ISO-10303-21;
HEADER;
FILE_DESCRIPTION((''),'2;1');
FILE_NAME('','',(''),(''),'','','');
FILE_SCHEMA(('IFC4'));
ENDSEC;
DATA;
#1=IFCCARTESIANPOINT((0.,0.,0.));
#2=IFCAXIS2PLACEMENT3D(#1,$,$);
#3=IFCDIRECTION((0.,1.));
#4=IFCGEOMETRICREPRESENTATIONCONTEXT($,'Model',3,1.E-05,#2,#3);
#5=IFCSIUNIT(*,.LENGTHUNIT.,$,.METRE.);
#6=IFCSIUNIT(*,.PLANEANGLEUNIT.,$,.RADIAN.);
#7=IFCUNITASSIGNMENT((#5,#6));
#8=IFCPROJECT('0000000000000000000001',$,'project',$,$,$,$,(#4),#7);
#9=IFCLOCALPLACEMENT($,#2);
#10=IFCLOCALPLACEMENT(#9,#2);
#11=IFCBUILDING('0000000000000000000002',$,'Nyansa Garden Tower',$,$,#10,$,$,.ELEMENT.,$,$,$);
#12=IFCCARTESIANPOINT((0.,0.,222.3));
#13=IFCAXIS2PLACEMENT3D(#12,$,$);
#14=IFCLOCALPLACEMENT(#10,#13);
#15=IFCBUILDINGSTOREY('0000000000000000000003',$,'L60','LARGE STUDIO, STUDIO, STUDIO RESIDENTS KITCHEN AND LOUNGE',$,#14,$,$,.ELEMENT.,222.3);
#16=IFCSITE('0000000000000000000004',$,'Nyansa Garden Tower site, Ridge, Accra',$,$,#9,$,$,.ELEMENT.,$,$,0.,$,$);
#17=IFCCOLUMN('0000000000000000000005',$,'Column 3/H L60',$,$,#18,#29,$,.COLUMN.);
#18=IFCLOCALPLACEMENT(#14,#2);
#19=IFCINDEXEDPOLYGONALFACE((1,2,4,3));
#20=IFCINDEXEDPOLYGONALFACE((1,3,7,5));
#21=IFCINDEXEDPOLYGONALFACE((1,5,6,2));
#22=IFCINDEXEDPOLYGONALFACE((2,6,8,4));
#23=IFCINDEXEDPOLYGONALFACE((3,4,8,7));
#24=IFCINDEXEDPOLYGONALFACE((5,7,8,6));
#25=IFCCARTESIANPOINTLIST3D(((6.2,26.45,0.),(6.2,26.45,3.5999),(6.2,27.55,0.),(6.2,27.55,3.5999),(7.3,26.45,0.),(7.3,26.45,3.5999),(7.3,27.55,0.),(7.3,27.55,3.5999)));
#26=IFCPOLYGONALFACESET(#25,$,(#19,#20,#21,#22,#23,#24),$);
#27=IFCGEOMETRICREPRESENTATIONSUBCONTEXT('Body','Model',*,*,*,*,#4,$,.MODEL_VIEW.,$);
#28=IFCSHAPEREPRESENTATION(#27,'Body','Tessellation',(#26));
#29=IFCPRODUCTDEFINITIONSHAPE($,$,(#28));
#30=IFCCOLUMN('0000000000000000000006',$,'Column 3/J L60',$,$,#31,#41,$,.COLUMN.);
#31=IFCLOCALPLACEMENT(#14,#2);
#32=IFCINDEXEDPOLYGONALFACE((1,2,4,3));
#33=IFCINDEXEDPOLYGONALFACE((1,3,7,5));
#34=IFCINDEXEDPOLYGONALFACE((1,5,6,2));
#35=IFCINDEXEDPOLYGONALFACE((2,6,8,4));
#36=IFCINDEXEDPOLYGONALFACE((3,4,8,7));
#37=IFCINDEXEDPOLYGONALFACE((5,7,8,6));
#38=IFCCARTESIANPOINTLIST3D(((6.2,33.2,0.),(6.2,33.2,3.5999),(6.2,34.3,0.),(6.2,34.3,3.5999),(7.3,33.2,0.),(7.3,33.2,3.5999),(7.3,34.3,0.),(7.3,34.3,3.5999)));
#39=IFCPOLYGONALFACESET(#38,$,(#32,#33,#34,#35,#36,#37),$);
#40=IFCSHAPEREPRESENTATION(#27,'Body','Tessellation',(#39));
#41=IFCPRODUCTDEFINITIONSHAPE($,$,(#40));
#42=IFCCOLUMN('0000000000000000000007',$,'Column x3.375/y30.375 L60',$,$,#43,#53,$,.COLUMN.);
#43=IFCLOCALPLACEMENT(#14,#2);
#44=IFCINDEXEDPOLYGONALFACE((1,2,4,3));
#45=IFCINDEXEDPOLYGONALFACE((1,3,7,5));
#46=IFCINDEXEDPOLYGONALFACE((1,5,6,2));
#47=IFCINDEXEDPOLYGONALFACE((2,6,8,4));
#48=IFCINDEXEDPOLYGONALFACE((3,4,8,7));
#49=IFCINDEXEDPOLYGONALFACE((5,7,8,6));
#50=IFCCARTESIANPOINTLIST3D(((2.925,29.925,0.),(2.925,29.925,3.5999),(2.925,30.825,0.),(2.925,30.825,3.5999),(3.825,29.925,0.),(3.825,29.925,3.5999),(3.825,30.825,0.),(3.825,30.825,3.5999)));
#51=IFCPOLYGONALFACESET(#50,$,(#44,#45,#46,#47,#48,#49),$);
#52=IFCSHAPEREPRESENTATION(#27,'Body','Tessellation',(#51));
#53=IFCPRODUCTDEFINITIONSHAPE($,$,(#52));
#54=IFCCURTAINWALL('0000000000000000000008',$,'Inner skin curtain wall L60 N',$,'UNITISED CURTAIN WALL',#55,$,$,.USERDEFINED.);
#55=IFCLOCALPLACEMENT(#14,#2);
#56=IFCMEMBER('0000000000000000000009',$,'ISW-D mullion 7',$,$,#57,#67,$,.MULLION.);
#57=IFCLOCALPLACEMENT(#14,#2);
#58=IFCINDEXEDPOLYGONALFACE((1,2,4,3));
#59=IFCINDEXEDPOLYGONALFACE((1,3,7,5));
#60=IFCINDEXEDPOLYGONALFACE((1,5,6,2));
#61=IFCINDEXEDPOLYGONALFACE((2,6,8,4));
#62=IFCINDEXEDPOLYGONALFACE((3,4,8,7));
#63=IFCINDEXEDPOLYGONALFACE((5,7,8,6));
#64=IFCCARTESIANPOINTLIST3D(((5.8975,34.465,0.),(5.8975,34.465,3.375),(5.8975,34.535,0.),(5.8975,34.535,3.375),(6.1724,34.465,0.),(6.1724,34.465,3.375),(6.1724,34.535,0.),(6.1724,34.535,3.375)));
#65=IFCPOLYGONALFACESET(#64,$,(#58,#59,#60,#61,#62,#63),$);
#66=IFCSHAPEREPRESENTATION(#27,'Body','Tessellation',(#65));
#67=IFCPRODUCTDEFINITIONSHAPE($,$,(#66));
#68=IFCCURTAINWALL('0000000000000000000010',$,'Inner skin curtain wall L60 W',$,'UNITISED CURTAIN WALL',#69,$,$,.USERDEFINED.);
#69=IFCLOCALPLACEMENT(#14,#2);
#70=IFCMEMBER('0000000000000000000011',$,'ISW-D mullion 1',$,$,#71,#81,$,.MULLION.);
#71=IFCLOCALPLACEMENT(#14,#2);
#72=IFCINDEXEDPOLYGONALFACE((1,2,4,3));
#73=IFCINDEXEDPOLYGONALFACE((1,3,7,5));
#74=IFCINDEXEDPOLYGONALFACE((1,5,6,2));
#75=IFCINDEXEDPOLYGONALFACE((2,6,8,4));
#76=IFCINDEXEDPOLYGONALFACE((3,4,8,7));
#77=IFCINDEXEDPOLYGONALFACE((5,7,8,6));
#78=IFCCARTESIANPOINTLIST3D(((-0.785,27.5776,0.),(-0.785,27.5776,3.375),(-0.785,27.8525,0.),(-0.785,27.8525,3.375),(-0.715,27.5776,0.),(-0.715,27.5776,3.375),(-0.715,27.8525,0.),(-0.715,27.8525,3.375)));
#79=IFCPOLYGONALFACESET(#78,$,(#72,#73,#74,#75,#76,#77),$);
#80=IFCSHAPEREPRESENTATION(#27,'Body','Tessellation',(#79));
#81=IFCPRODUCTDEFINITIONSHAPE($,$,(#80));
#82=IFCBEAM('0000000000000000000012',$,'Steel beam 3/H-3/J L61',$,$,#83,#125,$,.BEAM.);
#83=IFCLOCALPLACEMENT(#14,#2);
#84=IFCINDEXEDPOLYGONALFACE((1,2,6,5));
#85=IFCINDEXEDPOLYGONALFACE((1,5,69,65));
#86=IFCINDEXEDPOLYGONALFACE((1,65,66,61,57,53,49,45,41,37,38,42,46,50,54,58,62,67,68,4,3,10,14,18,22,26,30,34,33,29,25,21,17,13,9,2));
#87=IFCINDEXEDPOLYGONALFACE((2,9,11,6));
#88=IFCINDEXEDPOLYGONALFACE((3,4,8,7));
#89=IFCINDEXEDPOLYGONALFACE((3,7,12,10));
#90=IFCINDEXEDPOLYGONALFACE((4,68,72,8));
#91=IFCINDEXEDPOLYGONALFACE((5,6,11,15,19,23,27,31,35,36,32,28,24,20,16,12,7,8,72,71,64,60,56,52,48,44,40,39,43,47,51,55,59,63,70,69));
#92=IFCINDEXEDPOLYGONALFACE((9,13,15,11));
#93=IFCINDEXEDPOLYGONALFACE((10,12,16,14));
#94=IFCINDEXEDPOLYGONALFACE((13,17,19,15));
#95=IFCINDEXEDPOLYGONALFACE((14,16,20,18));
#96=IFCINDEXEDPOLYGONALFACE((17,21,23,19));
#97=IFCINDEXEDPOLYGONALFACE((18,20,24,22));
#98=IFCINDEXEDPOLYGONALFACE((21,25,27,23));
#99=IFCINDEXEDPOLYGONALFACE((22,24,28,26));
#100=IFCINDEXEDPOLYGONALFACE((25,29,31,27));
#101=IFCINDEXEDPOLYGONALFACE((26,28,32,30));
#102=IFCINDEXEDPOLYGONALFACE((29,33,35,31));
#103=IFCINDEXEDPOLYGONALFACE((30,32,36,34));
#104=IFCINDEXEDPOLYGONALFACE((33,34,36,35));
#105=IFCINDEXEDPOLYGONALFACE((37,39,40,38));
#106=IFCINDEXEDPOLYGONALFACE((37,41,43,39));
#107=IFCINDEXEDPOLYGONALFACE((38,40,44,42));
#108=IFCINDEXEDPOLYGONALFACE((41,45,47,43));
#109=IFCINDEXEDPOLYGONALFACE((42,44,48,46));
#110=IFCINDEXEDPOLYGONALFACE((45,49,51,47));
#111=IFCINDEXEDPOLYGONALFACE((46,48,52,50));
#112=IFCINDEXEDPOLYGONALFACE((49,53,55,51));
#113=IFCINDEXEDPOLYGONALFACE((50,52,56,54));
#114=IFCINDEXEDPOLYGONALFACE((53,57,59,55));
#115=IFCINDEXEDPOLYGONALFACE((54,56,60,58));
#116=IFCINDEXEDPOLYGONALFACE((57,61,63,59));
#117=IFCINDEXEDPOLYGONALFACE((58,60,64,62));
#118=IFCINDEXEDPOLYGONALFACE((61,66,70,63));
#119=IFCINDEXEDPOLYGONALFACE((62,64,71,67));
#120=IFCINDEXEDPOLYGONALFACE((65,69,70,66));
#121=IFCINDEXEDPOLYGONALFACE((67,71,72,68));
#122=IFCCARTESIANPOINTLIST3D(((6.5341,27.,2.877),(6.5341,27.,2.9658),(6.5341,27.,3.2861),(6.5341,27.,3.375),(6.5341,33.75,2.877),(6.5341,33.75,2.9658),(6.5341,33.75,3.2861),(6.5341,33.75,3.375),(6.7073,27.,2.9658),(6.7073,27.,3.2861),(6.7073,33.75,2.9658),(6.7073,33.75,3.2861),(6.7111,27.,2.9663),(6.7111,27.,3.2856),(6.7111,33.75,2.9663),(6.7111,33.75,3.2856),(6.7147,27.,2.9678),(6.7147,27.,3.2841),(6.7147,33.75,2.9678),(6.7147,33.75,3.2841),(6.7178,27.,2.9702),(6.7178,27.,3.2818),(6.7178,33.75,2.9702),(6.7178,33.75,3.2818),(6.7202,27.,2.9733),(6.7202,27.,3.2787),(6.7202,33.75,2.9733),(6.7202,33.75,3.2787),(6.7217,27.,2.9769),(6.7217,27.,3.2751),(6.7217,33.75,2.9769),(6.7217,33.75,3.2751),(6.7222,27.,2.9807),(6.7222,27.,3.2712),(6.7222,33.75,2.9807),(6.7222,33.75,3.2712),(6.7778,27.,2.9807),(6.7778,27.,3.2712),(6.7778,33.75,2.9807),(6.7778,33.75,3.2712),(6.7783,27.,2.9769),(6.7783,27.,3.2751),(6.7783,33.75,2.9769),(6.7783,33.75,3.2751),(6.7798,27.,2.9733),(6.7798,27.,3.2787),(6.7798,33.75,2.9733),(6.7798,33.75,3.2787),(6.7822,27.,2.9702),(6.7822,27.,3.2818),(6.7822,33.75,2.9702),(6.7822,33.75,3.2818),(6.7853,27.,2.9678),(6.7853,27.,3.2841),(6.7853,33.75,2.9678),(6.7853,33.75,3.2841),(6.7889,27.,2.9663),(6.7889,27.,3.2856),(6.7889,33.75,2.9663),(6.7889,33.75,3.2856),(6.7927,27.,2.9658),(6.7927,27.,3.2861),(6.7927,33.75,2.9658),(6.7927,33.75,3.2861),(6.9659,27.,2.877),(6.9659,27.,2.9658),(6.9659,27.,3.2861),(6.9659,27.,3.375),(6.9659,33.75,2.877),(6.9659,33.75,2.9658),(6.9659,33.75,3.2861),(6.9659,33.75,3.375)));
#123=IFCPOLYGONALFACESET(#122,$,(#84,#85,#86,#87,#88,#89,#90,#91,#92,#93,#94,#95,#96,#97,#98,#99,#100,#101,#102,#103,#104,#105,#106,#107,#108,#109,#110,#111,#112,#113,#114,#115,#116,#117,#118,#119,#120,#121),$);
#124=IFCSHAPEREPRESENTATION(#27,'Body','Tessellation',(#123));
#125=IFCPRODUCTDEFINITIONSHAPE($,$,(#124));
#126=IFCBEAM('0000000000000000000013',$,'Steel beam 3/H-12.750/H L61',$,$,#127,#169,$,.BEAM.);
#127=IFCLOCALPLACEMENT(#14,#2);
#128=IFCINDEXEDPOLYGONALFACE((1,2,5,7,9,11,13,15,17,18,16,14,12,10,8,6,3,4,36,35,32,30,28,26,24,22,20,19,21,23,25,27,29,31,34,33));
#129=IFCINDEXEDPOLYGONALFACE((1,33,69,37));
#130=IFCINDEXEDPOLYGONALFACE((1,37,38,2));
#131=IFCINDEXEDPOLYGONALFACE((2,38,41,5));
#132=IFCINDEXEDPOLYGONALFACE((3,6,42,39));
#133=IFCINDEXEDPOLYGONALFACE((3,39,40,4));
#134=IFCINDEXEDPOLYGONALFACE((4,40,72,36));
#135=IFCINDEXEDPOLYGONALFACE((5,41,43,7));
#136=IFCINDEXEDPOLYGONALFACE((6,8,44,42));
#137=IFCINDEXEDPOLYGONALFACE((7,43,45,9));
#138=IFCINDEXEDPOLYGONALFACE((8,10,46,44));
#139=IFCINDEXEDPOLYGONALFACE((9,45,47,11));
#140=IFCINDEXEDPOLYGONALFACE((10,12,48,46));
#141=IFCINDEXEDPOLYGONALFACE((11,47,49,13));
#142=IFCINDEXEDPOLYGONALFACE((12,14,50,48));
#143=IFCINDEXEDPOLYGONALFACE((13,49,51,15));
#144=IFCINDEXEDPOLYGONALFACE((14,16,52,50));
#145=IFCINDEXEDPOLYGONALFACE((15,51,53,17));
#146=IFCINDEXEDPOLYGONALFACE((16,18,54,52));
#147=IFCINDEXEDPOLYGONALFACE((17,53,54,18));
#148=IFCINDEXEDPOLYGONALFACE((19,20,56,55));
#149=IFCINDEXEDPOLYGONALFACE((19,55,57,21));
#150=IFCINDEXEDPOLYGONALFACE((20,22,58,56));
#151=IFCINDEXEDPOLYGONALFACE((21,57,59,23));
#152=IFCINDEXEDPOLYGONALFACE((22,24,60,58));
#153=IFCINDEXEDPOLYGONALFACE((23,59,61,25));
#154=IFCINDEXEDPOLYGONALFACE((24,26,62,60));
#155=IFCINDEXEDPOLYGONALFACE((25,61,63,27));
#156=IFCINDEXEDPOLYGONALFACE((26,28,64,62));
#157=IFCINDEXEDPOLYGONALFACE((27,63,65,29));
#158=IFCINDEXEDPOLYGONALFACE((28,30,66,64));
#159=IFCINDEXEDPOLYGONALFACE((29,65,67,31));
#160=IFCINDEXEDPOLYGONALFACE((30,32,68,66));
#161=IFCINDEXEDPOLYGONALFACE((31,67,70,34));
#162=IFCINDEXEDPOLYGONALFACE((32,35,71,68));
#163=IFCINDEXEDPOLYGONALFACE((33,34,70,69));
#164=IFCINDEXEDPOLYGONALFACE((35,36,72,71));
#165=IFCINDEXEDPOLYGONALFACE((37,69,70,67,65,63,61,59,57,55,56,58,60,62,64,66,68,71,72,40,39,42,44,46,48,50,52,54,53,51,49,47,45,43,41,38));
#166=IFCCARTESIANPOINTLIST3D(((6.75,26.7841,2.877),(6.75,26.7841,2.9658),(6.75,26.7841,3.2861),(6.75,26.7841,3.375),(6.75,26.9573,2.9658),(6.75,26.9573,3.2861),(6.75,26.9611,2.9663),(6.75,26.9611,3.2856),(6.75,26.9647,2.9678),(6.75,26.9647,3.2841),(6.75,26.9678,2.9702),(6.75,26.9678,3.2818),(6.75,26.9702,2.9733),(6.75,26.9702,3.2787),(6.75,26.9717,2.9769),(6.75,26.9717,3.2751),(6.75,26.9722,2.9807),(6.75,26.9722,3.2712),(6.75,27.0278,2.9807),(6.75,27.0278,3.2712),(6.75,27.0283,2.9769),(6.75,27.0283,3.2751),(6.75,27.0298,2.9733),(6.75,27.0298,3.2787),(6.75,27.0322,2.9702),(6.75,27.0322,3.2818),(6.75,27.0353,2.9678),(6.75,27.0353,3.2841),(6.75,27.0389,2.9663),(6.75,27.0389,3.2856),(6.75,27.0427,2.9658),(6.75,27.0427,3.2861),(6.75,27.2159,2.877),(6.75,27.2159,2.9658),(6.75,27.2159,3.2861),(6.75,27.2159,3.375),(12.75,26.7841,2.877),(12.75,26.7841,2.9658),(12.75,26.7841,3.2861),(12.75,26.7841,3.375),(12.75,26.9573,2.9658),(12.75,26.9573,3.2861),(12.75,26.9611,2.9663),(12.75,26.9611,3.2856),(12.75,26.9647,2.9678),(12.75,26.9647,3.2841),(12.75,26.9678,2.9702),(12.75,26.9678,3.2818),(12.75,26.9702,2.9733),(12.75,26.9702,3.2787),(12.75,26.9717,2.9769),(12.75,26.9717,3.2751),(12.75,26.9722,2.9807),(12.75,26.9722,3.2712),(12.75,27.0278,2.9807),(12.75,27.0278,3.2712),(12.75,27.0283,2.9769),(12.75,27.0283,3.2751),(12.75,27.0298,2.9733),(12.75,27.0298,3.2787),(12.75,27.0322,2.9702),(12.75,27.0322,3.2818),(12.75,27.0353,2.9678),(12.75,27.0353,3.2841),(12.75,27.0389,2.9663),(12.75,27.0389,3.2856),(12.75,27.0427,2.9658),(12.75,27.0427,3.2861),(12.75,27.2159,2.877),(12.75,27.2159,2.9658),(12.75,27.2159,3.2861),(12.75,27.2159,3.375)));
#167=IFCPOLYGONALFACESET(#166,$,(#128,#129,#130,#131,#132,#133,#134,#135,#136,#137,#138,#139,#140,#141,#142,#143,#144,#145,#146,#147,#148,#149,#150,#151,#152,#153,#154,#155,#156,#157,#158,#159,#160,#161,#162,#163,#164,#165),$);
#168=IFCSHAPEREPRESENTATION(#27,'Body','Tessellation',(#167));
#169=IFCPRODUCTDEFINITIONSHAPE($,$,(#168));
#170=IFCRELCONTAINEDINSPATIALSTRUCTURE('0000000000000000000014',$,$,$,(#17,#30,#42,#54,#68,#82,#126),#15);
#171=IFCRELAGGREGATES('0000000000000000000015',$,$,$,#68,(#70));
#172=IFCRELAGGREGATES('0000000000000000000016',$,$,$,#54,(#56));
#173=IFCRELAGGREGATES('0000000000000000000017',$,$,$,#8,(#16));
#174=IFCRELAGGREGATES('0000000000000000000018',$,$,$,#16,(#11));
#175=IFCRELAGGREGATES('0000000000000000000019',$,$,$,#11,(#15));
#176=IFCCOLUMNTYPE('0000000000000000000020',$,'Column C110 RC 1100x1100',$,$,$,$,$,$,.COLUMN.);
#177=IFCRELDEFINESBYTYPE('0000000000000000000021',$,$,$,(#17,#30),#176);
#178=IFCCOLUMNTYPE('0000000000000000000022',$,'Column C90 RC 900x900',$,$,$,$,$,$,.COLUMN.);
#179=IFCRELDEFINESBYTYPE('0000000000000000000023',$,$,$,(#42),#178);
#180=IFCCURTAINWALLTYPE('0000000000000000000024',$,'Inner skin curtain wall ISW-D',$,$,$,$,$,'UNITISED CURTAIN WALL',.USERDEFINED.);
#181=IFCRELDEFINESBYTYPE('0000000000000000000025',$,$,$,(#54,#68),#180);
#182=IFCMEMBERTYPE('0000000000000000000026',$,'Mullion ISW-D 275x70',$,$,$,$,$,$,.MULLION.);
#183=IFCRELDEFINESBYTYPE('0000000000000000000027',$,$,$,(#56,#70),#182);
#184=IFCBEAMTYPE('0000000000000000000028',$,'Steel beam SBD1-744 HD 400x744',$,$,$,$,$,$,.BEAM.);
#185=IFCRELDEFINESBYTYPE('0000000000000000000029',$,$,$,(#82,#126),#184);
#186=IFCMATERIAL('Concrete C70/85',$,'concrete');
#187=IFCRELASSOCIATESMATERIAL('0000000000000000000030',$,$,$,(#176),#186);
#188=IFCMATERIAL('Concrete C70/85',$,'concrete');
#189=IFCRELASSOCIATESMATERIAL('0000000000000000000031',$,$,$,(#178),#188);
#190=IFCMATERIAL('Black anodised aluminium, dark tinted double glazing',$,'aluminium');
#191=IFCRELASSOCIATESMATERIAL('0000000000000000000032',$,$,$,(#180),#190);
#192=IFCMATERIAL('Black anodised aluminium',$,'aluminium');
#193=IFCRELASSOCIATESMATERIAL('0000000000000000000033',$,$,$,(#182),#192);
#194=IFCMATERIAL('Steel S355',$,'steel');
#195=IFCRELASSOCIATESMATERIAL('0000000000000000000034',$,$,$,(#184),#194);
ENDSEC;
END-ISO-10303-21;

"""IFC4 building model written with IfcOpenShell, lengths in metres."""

from ifc_helpers import new_model, si_unit, direction, frame, origin, origin_2d, place, context, subcontext, project, spatial, rectangle, i_section, extrude, material, material_profile, profile_set, type_object, element, aggregate, save


model = new_model("IFC4")

# Units and contexts
model_context = context("Model", 3, precision=1e-05, world=origin(), true_north=direction((0.0, 1.0)))
body_context = subcontext(model_context, "Body", "Model", "MODEL_VIEW")
ifc_project = project(units=[si_unit("LENGTHUNIT", "METRE"), si_unit("PLANEANGLEUNIT", "RADIAN")], contexts=[model_context])

# Site, building, storey
site_placement = place(None, origin())
site = spatial("IfcSite", under=ifc_project, at=site_placement, Name="Nyansa Garden Tower site, Ridge, Accra", CompositionType="ELEMENT", RefElevation=0.0)
building_placement = place(site_placement, origin())
building = spatial("IfcBuilding", under=site, at=building_placement, Name="Nyansa Garden Tower", CompositionType="ELEMENT")
storey_placement = place(building_placement, frame((0.0, 0.0, 222.3)))
storey = spatial("IfcBuildingStorey", under=building, at=storey_placement, Name="L60", Description="LARGE STUDIO, STUDIO, STUDIO RESIDENTS KITCHEN AND LOUNGE", CompositionType="ELEMENT", Elevation=222.3)

# Columns
ifc_material_1 = material(Name="Concrete C70/85", Category="concrete")
ifc_material_profile_1 = material_profile(ifc_material_1, rectangle(XDim=1.1001, YDim=1.1001, at=origin_2d()), Name="RC 1100x1100")
ifc_profile_set_1 = profile_set([ifc_material_profile_1], Name="Concrete C70/85")
column_type_1 = type_object("IfcColumnType", Name="Column C110 RC 1100x1100", PredefinedType="COLUMN", material=ifc_profile_set_1)
for number, where, z_axis, x_axis, name in (
    (1, (6.75, 27.0, 0.0), (0.0, 0.0, 1.0), (1.0, 0.0, 0.0), "Column 3/H L60"),
    (2, (6.75, 33.75, 0.0), (0.0, 0.0, 1.0), (1.0, 0.0, 0.0), "Column 3/J L60"),
):
    element("IfcColumn", number, at=place(storey_placement, frame(where, z_axis=z_axis, x_axis=x_axis)), inside=storey, type_object=column_type_1, Name=name, PredefinedType="COLUMN", context=body_context, shape_type="SweptSolid", body=[
        extrude(rectangle(XDim=1.1001, YDim=1.1001, at=origin_2d()), origin(), (0.0, 0.0, 1.0), 3.5999),
    ])
ifc_material_2 = material(Name="Concrete C70/85", Category="concrete")
ifc_material_profile_2 = material_profile(ifc_material_2, rectangle(XDim=0.8999, YDim=0.8999, at=origin_2d()), Name="RC 900x900")
ifc_profile_set_2 = profile_set([ifc_material_profile_2], Name="Concrete C70/85")
column_type_2 = type_object("IfcColumnType", Name="Column C90 RC 900x900", PredefinedType="COLUMN", material=ifc_profile_set_2)
column_placement = place(storey_placement, frame((3.375, 30.375, 0.0), z_axis=(0.0, 0.0, 1.0), x_axis=(1.0, 0.0, 0.0)))
element("IfcColumn", 3, at=column_placement, inside=storey, type_object=column_type_2, Name="Column x3.375/y30.375 L60", PredefinedType="COLUMN", context=body_context, shape_type="SweptSolid", body=[
    extrude(rectangle(XDim=0.8999, YDim=0.8999, at=origin_2d()), origin(), (0.0, 0.0, 1.0), 3.5999),
])

# Curtain walls, members
ifc_material_3 = material(Name="Black anodised aluminium, dark tinted double glazing", Category="aluminium")
curtain_wall_type = type_object("IfcCurtainWallType", Name="Inner skin curtain wall ISW-D", ElementType="UNITISED CURTAIN WALL", PredefinedType="USERDEFINED", material=ifc_material_3)
curtain_wall_1_placement = place(storey_placement, origin())
curtain_wall_1 = element("IfcCurtainWall", 4, at=curtain_wall_1_placement, inside=storey, type_object=curtain_wall_type, Name="Inner skin curtain wall L60 N", ObjectType="UNITISED CURTAIN WALL", PredefinedType="USERDEFINED")
ifc_material_4 = material(Name="Black anodised aluminium", Category="aluminium")
ifc_material_profile_3 = material_profile(ifc_material_4, rectangle(XDim=0.0701, YDim=0.2749, at=origin_2d()), Name="Mullion 275x70")
ifc_profile_set_3 = profile_set([ifc_material_profile_3], Name="Black anodised aluminium")
member_type_1 = type_object("IfcMemberType", Name="Mullion ISW-D 275x70", PredefinedType="MULLION", material=ifc_profile_set_3)
member_1_placement = place(storey_placement, frame((6.0349, 34.5, 0.0), z_axis=(0.0, 0.0, 1.0), x_axis=(0.0, -1.0, 0.0)))
member_1 = element("IfcMember", 5, at=member_1_placement, type_object=member_type_1, Name="ISW-D mullion 7", PredefinedType="MULLION", context=body_context, shape_type="SweptSolid", body=[
    extrude(rectangle(XDim=0.0701, YDim=0.2749, at=origin_2d()), origin(), (0.0, 0.0, 1.0), 3.375),
])
curtain_wall_2_placement = place(storey_placement, origin())
curtain_wall_2 = element("IfcCurtainWall", 6, at=curtain_wall_2_placement, inside=storey, type_object=curtain_wall_type, Name="Inner skin curtain wall L60 W", ObjectType="UNITISED CURTAIN WALL", PredefinedType="USERDEFINED")
member_2_placement = place(storey_placement, frame((-0.75, 27.7151, 0.0), z_axis=(0.0, 0.0, 1.0), x_axis=(1.0, 0.0, 0.0)))
member_2 = element("IfcMember", 7, at=member_2_placement, type_object=member_type_1, Name="ISW-D mullion 1", PredefinedType="MULLION", context=body_context, shape_type="SweptSolid", body=[
    extrude(rectangle(XDim=0.0701, YDim=0.2749, at=origin_2d()), origin(), (0.0, 0.0, 1.0), 3.375),
])

# Beams
ifc_material_5 = material(Name="Steel S355", Category="steel")
ifc_material_profile_4 = material_profile(ifc_material_5, i_section(OverallWidth=0.4319, OverallDepth=0.498, WebThickness=0.0557, FlangeThickness=0.0889, FilletRadius=0.0149, at=origin_2d()), Name="HD 400x744")
ifc_profile_set_4 = profile_set([ifc_material_profile_4], Name="Steel S355")
beam_type_1 = type_object("IfcBeamType", Name="Steel beam SBD1-744 HD 400x744", PredefinedType="BEAM", material=ifc_profile_set_4)
beam_1_placement = place(storey_placement, frame((6.75, 27.0, 3.126), z_axis=(0.0, 1.0, 0.0), x_axis=(-1.0, 0.0, 0.0)))
element("IfcBeam", 8, at=beam_1_placement, inside=storey, type_object=beam_type_1, Name="Steel beam 3/H-3/J L61", PredefinedType="BEAM", context=body_context, shape_type="SweptSolid", body=[
    extrude(i_section(OverallWidth=0.4319, OverallDepth=0.498, WebThickness=0.0557, FlangeThickness=0.0889, FilletRadius=0.0149, at=origin_2d()), origin(), (0.0, 0.0, 1.0), 6.75),
])
beam_2_placement = place(storey_placement, frame((6.75, 27.0, 3.126), z_axis=(1.0, 0.0, 0.0), x_axis=(0.0, 1.0, 0.0)))
element("IfcBeam", 9, at=beam_2_placement, inside=storey, type_object=beam_type_1, Name="Steel beam 3/H-12.750/H L61", PredefinedType="BEAM", context=body_context, shape_type="SweptSolid", body=[
    extrude(i_section(OverallWidth=0.4319, OverallDepth=0.498, WebThickness=0.0557, FlangeThickness=0.0889, FilletRadius=0.0149, at=origin_2d()), origin(), (0.0, 0.0, 1.0), 6.0),
])

aggregate(curtain_wall_2, [member_2])

aggregate(curtain_wall_1, [member_1])

save(model, "model.ifc")
